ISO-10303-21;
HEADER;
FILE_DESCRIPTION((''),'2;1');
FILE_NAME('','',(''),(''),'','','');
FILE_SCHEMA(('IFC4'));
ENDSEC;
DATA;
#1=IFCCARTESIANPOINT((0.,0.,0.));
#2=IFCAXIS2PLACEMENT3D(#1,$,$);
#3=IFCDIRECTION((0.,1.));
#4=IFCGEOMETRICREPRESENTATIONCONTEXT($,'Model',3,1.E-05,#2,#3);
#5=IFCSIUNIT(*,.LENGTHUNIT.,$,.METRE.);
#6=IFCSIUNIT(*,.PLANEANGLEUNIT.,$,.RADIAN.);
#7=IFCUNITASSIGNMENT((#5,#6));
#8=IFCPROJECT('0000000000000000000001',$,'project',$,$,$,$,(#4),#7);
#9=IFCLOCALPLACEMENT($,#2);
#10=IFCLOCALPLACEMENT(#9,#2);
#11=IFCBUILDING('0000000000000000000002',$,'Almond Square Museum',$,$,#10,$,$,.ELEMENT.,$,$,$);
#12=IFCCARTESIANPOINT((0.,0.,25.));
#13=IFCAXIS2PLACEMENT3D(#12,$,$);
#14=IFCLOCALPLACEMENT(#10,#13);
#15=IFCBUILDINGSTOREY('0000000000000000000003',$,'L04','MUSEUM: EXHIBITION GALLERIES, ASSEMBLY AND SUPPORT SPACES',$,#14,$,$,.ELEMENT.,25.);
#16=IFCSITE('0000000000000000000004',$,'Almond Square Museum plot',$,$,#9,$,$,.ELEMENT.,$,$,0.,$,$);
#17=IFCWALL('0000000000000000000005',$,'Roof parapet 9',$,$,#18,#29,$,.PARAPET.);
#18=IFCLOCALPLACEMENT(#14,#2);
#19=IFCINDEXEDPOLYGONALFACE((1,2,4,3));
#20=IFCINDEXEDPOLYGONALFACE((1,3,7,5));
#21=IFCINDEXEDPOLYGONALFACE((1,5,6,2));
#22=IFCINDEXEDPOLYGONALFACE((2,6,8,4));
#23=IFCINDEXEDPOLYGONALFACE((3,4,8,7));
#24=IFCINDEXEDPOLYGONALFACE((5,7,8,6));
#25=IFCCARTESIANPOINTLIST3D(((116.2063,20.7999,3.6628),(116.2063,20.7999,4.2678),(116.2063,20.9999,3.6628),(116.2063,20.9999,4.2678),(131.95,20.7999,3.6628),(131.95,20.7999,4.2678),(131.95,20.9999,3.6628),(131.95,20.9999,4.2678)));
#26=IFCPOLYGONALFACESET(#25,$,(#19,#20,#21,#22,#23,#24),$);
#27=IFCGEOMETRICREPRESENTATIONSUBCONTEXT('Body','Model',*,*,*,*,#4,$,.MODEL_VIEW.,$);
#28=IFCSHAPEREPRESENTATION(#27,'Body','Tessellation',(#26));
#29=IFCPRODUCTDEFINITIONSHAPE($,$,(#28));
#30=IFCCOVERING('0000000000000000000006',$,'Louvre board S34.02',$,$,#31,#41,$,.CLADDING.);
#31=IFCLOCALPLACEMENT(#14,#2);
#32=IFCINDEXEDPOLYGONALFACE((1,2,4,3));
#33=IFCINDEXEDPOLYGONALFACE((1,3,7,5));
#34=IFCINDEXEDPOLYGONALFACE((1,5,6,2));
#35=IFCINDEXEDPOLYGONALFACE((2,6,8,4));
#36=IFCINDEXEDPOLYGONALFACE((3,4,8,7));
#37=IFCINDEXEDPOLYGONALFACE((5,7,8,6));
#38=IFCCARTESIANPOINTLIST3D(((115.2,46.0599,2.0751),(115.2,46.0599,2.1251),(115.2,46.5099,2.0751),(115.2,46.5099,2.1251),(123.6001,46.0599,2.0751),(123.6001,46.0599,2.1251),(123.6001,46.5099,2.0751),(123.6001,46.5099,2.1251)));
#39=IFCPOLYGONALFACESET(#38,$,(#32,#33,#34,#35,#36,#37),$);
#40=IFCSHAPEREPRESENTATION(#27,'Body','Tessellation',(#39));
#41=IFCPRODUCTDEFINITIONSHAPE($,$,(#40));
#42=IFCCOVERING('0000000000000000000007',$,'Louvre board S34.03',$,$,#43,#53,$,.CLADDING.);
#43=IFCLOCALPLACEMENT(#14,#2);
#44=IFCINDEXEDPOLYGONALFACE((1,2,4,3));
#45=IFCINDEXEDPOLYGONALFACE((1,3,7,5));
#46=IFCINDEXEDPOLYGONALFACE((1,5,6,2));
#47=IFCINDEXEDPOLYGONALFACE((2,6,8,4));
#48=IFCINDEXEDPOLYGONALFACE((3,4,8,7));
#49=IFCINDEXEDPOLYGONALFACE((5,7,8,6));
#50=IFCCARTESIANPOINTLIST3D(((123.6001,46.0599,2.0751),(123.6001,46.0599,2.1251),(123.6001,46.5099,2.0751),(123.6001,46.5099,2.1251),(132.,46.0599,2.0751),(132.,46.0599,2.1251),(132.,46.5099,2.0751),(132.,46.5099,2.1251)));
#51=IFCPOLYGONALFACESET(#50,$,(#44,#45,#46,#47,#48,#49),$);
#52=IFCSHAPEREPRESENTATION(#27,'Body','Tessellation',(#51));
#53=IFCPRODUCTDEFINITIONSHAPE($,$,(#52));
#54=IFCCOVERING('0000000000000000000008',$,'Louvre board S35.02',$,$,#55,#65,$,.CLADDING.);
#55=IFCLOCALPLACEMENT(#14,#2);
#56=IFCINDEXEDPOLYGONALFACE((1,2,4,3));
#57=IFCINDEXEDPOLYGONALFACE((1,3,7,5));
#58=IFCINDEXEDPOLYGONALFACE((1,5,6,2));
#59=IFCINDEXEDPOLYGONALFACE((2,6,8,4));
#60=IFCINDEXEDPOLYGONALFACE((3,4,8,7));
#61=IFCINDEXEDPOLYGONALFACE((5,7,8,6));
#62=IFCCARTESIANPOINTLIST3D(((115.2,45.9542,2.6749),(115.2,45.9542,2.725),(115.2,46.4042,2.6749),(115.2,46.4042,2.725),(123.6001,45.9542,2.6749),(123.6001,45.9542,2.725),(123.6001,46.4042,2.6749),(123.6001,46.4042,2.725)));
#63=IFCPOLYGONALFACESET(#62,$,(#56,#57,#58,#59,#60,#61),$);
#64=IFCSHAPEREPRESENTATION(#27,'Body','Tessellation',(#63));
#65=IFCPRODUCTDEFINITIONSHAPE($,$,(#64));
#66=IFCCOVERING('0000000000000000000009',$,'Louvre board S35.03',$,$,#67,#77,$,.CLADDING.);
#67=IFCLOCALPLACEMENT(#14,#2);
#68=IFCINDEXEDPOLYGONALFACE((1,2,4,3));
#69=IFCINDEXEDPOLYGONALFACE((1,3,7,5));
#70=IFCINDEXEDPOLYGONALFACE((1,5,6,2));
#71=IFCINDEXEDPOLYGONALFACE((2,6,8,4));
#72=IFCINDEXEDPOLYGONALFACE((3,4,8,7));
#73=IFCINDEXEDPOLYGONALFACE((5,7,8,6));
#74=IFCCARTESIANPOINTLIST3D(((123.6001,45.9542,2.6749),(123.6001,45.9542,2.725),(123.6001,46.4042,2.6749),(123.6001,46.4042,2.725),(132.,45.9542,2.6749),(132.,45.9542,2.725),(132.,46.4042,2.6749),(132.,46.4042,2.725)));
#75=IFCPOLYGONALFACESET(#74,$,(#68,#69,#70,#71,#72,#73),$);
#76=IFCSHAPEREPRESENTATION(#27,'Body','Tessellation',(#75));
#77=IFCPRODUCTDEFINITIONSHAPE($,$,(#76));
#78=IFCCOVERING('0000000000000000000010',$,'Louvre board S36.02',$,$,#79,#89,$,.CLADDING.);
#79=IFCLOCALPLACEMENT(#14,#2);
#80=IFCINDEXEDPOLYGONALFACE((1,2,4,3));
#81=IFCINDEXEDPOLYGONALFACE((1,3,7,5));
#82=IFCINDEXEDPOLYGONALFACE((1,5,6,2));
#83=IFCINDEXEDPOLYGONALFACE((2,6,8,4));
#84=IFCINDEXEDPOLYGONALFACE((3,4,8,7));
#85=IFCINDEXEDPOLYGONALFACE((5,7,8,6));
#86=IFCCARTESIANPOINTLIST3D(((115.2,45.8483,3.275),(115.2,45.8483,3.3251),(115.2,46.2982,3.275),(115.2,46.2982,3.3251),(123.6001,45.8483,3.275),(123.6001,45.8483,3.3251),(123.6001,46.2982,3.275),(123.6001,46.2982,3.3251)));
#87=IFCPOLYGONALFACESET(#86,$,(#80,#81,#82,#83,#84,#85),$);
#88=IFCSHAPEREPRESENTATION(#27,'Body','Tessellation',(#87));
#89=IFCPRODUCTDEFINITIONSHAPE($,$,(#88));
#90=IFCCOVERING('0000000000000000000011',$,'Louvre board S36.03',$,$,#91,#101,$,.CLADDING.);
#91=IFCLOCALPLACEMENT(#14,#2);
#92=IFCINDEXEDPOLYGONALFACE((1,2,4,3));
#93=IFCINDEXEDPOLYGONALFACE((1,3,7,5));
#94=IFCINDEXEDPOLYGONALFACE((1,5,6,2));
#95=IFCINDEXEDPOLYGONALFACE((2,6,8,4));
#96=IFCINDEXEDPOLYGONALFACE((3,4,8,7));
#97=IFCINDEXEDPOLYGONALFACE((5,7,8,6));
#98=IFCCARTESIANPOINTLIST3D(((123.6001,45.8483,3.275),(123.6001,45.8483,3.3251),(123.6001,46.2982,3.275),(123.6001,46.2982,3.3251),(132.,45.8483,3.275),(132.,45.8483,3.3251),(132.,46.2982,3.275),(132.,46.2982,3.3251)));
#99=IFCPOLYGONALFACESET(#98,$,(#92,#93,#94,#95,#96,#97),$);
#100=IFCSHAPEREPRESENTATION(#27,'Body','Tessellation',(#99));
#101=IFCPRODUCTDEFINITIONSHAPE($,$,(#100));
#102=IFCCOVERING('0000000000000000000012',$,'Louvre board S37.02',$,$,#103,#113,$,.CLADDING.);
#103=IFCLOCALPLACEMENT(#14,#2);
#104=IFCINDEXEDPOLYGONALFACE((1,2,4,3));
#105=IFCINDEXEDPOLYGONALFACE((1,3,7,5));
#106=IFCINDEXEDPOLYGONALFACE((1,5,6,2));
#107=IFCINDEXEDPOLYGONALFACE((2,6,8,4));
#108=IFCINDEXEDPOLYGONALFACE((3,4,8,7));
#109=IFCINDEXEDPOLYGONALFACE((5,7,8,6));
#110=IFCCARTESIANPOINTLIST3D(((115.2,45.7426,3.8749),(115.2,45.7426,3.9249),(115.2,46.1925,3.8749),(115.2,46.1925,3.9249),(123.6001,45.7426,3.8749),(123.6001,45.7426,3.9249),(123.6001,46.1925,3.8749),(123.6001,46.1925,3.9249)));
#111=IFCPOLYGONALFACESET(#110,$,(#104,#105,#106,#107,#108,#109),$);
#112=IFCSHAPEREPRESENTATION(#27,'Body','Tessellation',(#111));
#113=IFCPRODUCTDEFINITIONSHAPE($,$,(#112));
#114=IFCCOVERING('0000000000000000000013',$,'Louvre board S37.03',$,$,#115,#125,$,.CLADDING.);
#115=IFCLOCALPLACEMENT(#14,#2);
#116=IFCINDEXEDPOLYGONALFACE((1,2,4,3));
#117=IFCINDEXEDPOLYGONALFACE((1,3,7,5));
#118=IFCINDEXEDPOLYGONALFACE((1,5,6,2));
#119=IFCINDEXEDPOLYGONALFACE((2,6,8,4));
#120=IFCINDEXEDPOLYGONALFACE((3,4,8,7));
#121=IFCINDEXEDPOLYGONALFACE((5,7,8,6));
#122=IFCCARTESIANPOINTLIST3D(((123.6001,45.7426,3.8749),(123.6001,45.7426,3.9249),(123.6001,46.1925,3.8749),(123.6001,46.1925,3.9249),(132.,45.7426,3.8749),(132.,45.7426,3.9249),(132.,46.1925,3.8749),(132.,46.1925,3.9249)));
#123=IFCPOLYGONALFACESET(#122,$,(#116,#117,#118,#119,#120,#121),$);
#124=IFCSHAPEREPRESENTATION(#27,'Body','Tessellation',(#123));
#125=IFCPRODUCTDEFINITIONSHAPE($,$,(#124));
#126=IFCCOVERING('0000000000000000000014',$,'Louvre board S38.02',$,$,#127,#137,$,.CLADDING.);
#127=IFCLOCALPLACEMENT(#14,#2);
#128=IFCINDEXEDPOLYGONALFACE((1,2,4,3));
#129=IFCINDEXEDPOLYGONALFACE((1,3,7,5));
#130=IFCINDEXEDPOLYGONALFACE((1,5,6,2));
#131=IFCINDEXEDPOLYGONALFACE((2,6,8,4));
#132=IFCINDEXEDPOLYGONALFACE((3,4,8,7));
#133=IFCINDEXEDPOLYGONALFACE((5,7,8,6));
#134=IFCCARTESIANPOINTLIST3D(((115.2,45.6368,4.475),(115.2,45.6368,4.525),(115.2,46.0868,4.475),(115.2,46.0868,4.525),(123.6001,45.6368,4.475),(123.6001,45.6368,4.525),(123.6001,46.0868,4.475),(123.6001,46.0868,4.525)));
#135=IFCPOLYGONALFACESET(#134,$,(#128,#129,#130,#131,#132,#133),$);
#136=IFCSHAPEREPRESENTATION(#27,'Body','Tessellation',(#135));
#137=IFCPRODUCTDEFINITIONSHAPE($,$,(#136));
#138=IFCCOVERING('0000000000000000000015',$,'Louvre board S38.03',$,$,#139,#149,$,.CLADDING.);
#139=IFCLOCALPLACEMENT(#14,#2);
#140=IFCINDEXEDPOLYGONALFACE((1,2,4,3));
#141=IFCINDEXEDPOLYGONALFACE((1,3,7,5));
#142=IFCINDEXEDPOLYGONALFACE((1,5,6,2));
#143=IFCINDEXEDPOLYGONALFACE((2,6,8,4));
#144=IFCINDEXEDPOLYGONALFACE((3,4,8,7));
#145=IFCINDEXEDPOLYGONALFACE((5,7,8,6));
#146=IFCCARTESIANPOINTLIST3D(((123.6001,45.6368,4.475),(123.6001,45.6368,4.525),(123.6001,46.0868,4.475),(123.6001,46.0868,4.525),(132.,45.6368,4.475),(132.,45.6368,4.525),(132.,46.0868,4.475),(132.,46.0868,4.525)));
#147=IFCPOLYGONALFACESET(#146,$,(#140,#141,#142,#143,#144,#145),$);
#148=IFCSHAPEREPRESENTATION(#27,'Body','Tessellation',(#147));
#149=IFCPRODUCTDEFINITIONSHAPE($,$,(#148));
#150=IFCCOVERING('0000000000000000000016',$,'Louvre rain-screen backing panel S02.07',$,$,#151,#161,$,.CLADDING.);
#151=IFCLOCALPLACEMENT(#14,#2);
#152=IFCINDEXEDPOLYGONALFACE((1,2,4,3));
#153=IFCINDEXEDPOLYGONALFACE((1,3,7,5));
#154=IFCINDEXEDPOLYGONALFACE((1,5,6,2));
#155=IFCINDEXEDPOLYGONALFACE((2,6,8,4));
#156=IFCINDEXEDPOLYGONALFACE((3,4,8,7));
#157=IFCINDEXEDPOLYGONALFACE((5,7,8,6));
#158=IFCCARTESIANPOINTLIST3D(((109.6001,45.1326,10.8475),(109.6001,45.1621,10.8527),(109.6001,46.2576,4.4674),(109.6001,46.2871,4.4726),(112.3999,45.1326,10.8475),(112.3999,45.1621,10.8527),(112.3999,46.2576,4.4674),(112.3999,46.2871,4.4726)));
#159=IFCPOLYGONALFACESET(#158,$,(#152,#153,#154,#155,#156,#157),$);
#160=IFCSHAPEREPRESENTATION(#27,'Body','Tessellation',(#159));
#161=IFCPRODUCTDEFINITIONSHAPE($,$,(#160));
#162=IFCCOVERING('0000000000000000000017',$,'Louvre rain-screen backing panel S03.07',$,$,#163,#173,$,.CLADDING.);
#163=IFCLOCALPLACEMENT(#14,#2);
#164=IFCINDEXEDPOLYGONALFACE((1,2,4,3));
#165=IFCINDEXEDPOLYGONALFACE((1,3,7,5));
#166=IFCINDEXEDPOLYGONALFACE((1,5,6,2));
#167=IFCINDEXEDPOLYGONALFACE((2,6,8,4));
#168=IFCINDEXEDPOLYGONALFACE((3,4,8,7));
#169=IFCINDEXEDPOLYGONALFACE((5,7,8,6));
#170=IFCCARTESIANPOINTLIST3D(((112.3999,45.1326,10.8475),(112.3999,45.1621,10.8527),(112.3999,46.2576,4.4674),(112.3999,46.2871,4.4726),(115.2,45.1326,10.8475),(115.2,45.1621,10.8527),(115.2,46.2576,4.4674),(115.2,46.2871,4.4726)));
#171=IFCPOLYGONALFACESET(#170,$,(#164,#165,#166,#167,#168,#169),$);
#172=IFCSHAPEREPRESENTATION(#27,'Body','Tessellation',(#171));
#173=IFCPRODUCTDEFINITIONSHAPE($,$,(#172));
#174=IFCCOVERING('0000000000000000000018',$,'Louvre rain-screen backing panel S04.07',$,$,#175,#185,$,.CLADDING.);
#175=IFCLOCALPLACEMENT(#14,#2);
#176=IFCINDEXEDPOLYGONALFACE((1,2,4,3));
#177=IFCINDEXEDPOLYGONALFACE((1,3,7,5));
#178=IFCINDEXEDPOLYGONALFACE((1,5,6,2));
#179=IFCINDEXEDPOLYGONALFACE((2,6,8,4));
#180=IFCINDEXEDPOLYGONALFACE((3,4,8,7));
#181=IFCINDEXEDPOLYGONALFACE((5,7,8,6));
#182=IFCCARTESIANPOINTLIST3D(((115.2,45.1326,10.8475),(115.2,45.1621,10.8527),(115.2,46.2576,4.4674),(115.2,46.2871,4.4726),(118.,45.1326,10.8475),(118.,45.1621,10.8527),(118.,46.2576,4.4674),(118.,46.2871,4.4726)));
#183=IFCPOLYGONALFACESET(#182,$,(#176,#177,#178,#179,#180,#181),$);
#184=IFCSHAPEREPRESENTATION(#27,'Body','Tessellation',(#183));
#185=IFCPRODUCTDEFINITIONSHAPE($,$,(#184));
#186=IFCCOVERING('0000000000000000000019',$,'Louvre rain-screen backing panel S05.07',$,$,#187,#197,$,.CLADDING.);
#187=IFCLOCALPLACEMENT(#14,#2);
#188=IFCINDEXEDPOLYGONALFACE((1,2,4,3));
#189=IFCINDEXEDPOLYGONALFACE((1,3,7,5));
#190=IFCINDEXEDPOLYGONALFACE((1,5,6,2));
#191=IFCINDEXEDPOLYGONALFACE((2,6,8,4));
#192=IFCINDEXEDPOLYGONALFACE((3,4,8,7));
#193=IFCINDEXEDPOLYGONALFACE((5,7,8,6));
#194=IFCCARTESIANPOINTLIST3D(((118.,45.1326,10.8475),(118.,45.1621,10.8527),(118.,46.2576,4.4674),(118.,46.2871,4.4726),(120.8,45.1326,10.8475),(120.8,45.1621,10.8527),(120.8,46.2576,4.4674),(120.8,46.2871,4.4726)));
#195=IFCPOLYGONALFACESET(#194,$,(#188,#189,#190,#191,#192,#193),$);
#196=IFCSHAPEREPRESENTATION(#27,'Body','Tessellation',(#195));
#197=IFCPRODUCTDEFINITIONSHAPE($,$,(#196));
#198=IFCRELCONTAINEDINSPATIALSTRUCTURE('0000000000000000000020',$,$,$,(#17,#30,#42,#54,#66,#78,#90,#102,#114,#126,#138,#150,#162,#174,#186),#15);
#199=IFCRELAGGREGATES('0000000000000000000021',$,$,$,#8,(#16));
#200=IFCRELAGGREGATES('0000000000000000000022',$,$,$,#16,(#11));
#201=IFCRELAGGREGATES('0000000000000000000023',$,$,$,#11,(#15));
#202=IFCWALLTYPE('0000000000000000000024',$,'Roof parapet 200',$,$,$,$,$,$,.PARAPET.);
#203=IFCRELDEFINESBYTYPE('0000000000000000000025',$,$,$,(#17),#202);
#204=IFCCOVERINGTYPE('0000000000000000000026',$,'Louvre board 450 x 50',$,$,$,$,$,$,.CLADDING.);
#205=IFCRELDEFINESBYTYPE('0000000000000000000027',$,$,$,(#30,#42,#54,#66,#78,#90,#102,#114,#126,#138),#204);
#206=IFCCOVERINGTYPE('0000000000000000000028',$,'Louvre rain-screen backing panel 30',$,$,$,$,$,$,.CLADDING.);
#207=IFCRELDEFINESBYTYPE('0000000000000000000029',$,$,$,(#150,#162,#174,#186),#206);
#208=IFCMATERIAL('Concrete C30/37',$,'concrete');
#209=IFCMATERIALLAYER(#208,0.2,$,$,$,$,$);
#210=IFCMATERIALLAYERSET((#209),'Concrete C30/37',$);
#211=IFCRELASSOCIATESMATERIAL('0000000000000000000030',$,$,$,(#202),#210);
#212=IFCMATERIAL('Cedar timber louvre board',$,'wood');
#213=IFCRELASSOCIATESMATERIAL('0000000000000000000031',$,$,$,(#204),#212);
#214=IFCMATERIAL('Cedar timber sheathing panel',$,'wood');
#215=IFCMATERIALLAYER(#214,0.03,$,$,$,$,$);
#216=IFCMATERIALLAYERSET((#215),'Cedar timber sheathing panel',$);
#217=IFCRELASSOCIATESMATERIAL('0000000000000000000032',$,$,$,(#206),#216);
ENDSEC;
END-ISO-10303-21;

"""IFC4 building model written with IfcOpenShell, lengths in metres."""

from ifc_helpers import new_model, si_unit, direction, frame, frame_2d, origin, origin_2d, place, context, subcontext, project, spatial, polyline, rectangle, outline, extrude, material, layer, layer_set, material_profile, profile_set, type_object, element, save


model = new_model("IFC4")

# Units and contexts
model_context = context("Model", 3, precision=1e-05, world=origin(), true_north=direction((0.0, 1.0)))
body_context = subcontext(model_context, "Body", "Model", "MODEL_VIEW")
ifc_project = project(units=[si_unit("LENGTHUNIT", "METRE"), si_unit("PLANEANGLEUNIT", "RADIAN")], contexts=[model_context])

# Site, building, storey
site_placement = place(None, origin())
site = spatial("IfcSite", under=ifc_project, at=site_placement, Name="Almond Square Museum plot", CompositionType="ELEMENT", RefElevation=0.0)
building_placement = place(site_placement, origin())
building = spatial("IfcBuilding", under=site, at=building_placement, Name="Almond Square Museum", CompositionType="ELEMENT")
storey_placement = place(building_placement, frame((0.0, 0.0, 25.0)))
storey = spatial("IfcBuildingStorey", under=building, at=storey_placement, Name="L04", Description="MUSEUM: EXHIBITION GALLERIES, ASSEMBLY AND SUPPORT SPACES", CompositionType="ELEMENT", Elevation=25.0)

# Wall
ifc_material_1 = material(Name="Concrete C30/37", Category="concrete")
ifc_layer_1 = layer(ifc_material_1, 0.2)
ifc_layer_set_1 = layer_set([ifc_layer_1], Name="Concrete C30/37")
wall_type = type_object("IfcWallType", Name="Roof parapet 200", PredefinedType="PARAPET", material=ifc_layer_set_1)
wall_placement = place(storey_placement, frame((116.2063, 20.8999, 3.6628), z_axis=(0.0, 0.0, 1.0), x_axis=(1.0, 0.0, 0.0)))
element("IfcWall", 1, at=wall_placement, inside=storey, type_object=wall_type, Name="Roof parapet 9", PredefinedType="PARAPET", context=body_context, shape_type="SweptSolid", body=[
    extrude(rectangle(XDim=15.7437, YDim=0.2, at=frame_2d((7.8718, 0.0))), origin(), (0.0, 0.0, 1.0), 0.605),
])

# Coverings
ifc_material_2 = material(Name="Cedar timber louvre board", Category="wood")
ifc_material_profile = material_profile(ifc_material_2, rectangle(XDim=0.45, YDim=0.05, at=origin_2d()))
ifc_profile_set = profile_set([ifc_material_profile], Name="Cedar timber louvre board")
covering_type_1 = type_object("IfcCoveringType", Name="Louvre board 450 x 50", PredefinedType="CLADDING", material=ifc_profile_set)
covering_1_placement = place(storey_placement, frame((115.2, 46.2849, 2.1001), z_axis=(1.0, 0.0, 0.0), x_axis=(0.0, 1.0, 0.0)))
element("IfcCovering", 2, at=covering_1_placement, inside=storey, type_object=covering_type_1, Name="Louvre board S34.02", PredefinedType="CLADDING", context=body_context, shape_type="SweptSolid", body=[
    extrude(rectangle(XDim=0.45, YDim=0.05, at=origin_2d()), origin(), (0.0, 0.0, 1.0), 8.4001),
])
covering_2_placement = place(storey_placement, frame((123.6001, 46.2849, 2.1001), z_axis=(1.0, 0.0, 0.0), x_axis=(0.0, 1.0, 0.0)))
element("IfcCovering", 3, at=covering_2_placement, inside=storey, type_object=covering_type_1, Name="Louvre board S34.03", PredefinedType="CLADDING", context=body_context, shape_type="SweptSolid", body=[
    extrude(rectangle(XDim=0.45, YDim=0.05, at=origin_2d()), origin(), (0.0, 0.0, 1.0), 8.3999),
])
covering_3_placement = place(storey_placement, frame((115.2, 46.1792, 2.7), z_axis=(1.0, 0.0, 0.0), x_axis=(0.0, 1.0, 0.0)))
element("IfcCovering", 4, at=covering_3_placement, inside=storey, type_object=covering_type_1, Name="Louvre board S35.02", PredefinedType="CLADDING", context=body_context, shape_type="SweptSolid", body=[
    extrude(rectangle(XDim=0.45, YDim=0.05, at=origin_2d()), origin(), (0.0, 0.0, 1.0), 8.4001),
])
covering_4_placement = place(storey_placement, frame((123.6001, 46.1792, 2.7), z_axis=(1.0, 0.0, 0.0), x_axis=(0.0, 1.0, 0.0)))
element("IfcCovering", 5, at=covering_4_placement, inside=storey, type_object=covering_type_1, Name="Louvre board S35.03", PredefinedType="CLADDING", context=body_context, shape_type="SweptSolid", body=[
    extrude(rectangle(XDim=0.45, YDim=0.05, at=origin_2d()), origin(), (0.0, 0.0, 1.0), 8.3999),
])
covering_5_placement = place(storey_placement, frame((115.2, 46.0732, 3.3), z_axis=(1.0, 0.0, 0.0), x_axis=(0.0, 1.0, 0.0)))
element("IfcCovering", 6, at=covering_5_placement, inside=storey, type_object=covering_type_1, Name="Louvre board S36.02", PredefinedType="CLADDING", context=body_context, shape_type="SweptSolid", body=[
    extrude(rectangle(XDim=0.45, YDim=0.05, at=origin_2d()), origin(), (0.0, 0.0, 1.0), 8.4001),
])
covering_6_placement = place(storey_placement, frame((123.6001, 46.0732, 3.3), z_axis=(1.0, 0.0, 0.0), x_axis=(0.0, 1.0, 0.0)))
element("IfcCovering", 7, at=covering_6_placement, inside=storey, type_object=covering_type_1, Name="Louvre board S36.03", PredefinedType="CLADDING", context=body_context, shape_type="SweptSolid", body=[
    extrude(rectangle(XDim=0.45, YDim=0.05, at=origin_2d()), origin(), (0.0, 0.0, 1.0), 8.3999),
])
covering_7_placement = place(storey_placement, frame((115.2, 45.9675, 3.8999), z_axis=(1.0, 0.0, 0.0), x_axis=(0.0, 1.0, 0.0)))
element("IfcCovering", 8, at=covering_7_placement, inside=storey, type_object=covering_type_1, Name="Louvre board S37.02", PredefinedType="CLADDING", context=body_context, shape_type="SweptSolid", body=[
    extrude(rectangle(XDim=0.45, YDim=0.05, at=origin_2d()), origin(), (0.0, 0.0, 1.0), 8.4001),
])
covering_8_placement = place(storey_placement, frame((123.6001, 45.9675, 3.8999), z_axis=(1.0, 0.0, 0.0), x_axis=(0.0, 1.0, 0.0)))
element("IfcCovering", 9, at=covering_8_placement, inside=storey, type_object=covering_type_1, Name="Louvre board S37.03", PredefinedType="CLADDING", context=body_context, shape_type="SweptSolid", body=[
    extrude(rectangle(XDim=0.45, YDim=0.05, at=origin_2d()), origin(), (0.0, 0.0, 1.0), 8.3999),
])
covering_9_placement = place(storey_placement, frame((115.2, 45.8618, 4.5), z_axis=(1.0, 0.0, 0.0), x_axis=(0.0, 1.0, 0.0)))
element("IfcCovering", 10, at=covering_9_placement, inside=storey, type_object=covering_type_1, Name="Louvre board S38.02", PredefinedType="CLADDING", context=body_context, shape_type="SweptSolid", body=[
    extrude(rectangle(XDim=0.45, YDim=0.05, at=origin_2d()), origin(), (0.0, 0.0, 1.0), 8.4001),
])
covering_10_placement = place(storey_placement, frame((123.6001, 45.8618, 4.5), z_axis=(1.0, 0.0, 0.0), x_axis=(0.0, 1.0, 0.0)))
element("IfcCovering", 11, at=covering_10_placement, inside=storey, type_object=covering_type_1, Name="Louvre board S38.03", PredefinedType="CLADDING", context=body_context, shape_type="SweptSolid", body=[
    extrude(rectangle(XDim=0.45, YDim=0.05, at=origin_2d()), origin(), (0.0, 0.0, 1.0), 8.3999),
])
ifc_material_3 = material(Name="Cedar timber sheathing panel", Category="wood")
ifc_layer_2 = layer(ifc_material_3, 0.03)
ifc_layer_set_2 = layer_set([ifc_layer_2], Name="Cedar timber sheathing panel")
covering_type_2 = type_object("IfcCoveringType", Name="Louvre rain-screen backing panel 30", PredefinedType="CLADDING", material=ifc_layer_set_2)
covering_11_placement = place(storey_placement, frame((109.6001, 46.2722, 4.47), z_axis=(0.0, -0.984807, -0.17365), x_axis=(1.0, 0.0, 0.0)))
element("IfcCovering", 12, at=covering_11_placement, inside=storey, type_object=covering_type_2, Name="Louvre rain-screen backing panel S02.07", PredefinedType="CLADDING", context=body_context, shape_type="SweptSolid", body=[
    extrude(outline(polyline([(0.0, 0.0), (2.7998, 0.0), (2.7998, 6.4786), (0.0, 6.4786), (0.0, 0.0)])), frame((0.0, 0.0, -0.0151)), (0.0, 0.0, 1.0), 0.03),
])
for number, where, z_axis, x_axis, name in (
    (13, (112.3999, 46.2722, 4.47), (0.0, -0.984807, -0.17365), (1.0, 0.0, 0.0), "Louvre rain-screen backing panel S03.07"),
    (14, (115.2, 46.2722, 4.47), (0.0, -0.984807, -0.17365), (1.0, 0.0, 0.0), "Louvre rain-screen backing panel S04.07"),
    (15, (118.0, 46.2722, 4.47), (0.0, -0.984807, -0.17365), (1.0, 0.0, 0.0), "Louvre rain-screen backing panel S05.07"),
):
    element("IfcCovering", number, at=place(storey_placement, frame(where, z_axis=z_axis, x_axis=x_axis)), inside=storey, type_object=covering_type_2, Name=name, PredefinedType="CLADDING", context=body_context, shape_type="SweptSolid", body=[
        extrude(outline(polyline([(0.0, 0.0), (2.8, 0.0), (2.8, 6.4786), (0.0, 6.4786), (0.0, 0.0)])), frame((0.0, 0.0, -0.0151)), (0.0, 0.0, 1.0), 0.03),
    ])

save(model, "model.ifc")
